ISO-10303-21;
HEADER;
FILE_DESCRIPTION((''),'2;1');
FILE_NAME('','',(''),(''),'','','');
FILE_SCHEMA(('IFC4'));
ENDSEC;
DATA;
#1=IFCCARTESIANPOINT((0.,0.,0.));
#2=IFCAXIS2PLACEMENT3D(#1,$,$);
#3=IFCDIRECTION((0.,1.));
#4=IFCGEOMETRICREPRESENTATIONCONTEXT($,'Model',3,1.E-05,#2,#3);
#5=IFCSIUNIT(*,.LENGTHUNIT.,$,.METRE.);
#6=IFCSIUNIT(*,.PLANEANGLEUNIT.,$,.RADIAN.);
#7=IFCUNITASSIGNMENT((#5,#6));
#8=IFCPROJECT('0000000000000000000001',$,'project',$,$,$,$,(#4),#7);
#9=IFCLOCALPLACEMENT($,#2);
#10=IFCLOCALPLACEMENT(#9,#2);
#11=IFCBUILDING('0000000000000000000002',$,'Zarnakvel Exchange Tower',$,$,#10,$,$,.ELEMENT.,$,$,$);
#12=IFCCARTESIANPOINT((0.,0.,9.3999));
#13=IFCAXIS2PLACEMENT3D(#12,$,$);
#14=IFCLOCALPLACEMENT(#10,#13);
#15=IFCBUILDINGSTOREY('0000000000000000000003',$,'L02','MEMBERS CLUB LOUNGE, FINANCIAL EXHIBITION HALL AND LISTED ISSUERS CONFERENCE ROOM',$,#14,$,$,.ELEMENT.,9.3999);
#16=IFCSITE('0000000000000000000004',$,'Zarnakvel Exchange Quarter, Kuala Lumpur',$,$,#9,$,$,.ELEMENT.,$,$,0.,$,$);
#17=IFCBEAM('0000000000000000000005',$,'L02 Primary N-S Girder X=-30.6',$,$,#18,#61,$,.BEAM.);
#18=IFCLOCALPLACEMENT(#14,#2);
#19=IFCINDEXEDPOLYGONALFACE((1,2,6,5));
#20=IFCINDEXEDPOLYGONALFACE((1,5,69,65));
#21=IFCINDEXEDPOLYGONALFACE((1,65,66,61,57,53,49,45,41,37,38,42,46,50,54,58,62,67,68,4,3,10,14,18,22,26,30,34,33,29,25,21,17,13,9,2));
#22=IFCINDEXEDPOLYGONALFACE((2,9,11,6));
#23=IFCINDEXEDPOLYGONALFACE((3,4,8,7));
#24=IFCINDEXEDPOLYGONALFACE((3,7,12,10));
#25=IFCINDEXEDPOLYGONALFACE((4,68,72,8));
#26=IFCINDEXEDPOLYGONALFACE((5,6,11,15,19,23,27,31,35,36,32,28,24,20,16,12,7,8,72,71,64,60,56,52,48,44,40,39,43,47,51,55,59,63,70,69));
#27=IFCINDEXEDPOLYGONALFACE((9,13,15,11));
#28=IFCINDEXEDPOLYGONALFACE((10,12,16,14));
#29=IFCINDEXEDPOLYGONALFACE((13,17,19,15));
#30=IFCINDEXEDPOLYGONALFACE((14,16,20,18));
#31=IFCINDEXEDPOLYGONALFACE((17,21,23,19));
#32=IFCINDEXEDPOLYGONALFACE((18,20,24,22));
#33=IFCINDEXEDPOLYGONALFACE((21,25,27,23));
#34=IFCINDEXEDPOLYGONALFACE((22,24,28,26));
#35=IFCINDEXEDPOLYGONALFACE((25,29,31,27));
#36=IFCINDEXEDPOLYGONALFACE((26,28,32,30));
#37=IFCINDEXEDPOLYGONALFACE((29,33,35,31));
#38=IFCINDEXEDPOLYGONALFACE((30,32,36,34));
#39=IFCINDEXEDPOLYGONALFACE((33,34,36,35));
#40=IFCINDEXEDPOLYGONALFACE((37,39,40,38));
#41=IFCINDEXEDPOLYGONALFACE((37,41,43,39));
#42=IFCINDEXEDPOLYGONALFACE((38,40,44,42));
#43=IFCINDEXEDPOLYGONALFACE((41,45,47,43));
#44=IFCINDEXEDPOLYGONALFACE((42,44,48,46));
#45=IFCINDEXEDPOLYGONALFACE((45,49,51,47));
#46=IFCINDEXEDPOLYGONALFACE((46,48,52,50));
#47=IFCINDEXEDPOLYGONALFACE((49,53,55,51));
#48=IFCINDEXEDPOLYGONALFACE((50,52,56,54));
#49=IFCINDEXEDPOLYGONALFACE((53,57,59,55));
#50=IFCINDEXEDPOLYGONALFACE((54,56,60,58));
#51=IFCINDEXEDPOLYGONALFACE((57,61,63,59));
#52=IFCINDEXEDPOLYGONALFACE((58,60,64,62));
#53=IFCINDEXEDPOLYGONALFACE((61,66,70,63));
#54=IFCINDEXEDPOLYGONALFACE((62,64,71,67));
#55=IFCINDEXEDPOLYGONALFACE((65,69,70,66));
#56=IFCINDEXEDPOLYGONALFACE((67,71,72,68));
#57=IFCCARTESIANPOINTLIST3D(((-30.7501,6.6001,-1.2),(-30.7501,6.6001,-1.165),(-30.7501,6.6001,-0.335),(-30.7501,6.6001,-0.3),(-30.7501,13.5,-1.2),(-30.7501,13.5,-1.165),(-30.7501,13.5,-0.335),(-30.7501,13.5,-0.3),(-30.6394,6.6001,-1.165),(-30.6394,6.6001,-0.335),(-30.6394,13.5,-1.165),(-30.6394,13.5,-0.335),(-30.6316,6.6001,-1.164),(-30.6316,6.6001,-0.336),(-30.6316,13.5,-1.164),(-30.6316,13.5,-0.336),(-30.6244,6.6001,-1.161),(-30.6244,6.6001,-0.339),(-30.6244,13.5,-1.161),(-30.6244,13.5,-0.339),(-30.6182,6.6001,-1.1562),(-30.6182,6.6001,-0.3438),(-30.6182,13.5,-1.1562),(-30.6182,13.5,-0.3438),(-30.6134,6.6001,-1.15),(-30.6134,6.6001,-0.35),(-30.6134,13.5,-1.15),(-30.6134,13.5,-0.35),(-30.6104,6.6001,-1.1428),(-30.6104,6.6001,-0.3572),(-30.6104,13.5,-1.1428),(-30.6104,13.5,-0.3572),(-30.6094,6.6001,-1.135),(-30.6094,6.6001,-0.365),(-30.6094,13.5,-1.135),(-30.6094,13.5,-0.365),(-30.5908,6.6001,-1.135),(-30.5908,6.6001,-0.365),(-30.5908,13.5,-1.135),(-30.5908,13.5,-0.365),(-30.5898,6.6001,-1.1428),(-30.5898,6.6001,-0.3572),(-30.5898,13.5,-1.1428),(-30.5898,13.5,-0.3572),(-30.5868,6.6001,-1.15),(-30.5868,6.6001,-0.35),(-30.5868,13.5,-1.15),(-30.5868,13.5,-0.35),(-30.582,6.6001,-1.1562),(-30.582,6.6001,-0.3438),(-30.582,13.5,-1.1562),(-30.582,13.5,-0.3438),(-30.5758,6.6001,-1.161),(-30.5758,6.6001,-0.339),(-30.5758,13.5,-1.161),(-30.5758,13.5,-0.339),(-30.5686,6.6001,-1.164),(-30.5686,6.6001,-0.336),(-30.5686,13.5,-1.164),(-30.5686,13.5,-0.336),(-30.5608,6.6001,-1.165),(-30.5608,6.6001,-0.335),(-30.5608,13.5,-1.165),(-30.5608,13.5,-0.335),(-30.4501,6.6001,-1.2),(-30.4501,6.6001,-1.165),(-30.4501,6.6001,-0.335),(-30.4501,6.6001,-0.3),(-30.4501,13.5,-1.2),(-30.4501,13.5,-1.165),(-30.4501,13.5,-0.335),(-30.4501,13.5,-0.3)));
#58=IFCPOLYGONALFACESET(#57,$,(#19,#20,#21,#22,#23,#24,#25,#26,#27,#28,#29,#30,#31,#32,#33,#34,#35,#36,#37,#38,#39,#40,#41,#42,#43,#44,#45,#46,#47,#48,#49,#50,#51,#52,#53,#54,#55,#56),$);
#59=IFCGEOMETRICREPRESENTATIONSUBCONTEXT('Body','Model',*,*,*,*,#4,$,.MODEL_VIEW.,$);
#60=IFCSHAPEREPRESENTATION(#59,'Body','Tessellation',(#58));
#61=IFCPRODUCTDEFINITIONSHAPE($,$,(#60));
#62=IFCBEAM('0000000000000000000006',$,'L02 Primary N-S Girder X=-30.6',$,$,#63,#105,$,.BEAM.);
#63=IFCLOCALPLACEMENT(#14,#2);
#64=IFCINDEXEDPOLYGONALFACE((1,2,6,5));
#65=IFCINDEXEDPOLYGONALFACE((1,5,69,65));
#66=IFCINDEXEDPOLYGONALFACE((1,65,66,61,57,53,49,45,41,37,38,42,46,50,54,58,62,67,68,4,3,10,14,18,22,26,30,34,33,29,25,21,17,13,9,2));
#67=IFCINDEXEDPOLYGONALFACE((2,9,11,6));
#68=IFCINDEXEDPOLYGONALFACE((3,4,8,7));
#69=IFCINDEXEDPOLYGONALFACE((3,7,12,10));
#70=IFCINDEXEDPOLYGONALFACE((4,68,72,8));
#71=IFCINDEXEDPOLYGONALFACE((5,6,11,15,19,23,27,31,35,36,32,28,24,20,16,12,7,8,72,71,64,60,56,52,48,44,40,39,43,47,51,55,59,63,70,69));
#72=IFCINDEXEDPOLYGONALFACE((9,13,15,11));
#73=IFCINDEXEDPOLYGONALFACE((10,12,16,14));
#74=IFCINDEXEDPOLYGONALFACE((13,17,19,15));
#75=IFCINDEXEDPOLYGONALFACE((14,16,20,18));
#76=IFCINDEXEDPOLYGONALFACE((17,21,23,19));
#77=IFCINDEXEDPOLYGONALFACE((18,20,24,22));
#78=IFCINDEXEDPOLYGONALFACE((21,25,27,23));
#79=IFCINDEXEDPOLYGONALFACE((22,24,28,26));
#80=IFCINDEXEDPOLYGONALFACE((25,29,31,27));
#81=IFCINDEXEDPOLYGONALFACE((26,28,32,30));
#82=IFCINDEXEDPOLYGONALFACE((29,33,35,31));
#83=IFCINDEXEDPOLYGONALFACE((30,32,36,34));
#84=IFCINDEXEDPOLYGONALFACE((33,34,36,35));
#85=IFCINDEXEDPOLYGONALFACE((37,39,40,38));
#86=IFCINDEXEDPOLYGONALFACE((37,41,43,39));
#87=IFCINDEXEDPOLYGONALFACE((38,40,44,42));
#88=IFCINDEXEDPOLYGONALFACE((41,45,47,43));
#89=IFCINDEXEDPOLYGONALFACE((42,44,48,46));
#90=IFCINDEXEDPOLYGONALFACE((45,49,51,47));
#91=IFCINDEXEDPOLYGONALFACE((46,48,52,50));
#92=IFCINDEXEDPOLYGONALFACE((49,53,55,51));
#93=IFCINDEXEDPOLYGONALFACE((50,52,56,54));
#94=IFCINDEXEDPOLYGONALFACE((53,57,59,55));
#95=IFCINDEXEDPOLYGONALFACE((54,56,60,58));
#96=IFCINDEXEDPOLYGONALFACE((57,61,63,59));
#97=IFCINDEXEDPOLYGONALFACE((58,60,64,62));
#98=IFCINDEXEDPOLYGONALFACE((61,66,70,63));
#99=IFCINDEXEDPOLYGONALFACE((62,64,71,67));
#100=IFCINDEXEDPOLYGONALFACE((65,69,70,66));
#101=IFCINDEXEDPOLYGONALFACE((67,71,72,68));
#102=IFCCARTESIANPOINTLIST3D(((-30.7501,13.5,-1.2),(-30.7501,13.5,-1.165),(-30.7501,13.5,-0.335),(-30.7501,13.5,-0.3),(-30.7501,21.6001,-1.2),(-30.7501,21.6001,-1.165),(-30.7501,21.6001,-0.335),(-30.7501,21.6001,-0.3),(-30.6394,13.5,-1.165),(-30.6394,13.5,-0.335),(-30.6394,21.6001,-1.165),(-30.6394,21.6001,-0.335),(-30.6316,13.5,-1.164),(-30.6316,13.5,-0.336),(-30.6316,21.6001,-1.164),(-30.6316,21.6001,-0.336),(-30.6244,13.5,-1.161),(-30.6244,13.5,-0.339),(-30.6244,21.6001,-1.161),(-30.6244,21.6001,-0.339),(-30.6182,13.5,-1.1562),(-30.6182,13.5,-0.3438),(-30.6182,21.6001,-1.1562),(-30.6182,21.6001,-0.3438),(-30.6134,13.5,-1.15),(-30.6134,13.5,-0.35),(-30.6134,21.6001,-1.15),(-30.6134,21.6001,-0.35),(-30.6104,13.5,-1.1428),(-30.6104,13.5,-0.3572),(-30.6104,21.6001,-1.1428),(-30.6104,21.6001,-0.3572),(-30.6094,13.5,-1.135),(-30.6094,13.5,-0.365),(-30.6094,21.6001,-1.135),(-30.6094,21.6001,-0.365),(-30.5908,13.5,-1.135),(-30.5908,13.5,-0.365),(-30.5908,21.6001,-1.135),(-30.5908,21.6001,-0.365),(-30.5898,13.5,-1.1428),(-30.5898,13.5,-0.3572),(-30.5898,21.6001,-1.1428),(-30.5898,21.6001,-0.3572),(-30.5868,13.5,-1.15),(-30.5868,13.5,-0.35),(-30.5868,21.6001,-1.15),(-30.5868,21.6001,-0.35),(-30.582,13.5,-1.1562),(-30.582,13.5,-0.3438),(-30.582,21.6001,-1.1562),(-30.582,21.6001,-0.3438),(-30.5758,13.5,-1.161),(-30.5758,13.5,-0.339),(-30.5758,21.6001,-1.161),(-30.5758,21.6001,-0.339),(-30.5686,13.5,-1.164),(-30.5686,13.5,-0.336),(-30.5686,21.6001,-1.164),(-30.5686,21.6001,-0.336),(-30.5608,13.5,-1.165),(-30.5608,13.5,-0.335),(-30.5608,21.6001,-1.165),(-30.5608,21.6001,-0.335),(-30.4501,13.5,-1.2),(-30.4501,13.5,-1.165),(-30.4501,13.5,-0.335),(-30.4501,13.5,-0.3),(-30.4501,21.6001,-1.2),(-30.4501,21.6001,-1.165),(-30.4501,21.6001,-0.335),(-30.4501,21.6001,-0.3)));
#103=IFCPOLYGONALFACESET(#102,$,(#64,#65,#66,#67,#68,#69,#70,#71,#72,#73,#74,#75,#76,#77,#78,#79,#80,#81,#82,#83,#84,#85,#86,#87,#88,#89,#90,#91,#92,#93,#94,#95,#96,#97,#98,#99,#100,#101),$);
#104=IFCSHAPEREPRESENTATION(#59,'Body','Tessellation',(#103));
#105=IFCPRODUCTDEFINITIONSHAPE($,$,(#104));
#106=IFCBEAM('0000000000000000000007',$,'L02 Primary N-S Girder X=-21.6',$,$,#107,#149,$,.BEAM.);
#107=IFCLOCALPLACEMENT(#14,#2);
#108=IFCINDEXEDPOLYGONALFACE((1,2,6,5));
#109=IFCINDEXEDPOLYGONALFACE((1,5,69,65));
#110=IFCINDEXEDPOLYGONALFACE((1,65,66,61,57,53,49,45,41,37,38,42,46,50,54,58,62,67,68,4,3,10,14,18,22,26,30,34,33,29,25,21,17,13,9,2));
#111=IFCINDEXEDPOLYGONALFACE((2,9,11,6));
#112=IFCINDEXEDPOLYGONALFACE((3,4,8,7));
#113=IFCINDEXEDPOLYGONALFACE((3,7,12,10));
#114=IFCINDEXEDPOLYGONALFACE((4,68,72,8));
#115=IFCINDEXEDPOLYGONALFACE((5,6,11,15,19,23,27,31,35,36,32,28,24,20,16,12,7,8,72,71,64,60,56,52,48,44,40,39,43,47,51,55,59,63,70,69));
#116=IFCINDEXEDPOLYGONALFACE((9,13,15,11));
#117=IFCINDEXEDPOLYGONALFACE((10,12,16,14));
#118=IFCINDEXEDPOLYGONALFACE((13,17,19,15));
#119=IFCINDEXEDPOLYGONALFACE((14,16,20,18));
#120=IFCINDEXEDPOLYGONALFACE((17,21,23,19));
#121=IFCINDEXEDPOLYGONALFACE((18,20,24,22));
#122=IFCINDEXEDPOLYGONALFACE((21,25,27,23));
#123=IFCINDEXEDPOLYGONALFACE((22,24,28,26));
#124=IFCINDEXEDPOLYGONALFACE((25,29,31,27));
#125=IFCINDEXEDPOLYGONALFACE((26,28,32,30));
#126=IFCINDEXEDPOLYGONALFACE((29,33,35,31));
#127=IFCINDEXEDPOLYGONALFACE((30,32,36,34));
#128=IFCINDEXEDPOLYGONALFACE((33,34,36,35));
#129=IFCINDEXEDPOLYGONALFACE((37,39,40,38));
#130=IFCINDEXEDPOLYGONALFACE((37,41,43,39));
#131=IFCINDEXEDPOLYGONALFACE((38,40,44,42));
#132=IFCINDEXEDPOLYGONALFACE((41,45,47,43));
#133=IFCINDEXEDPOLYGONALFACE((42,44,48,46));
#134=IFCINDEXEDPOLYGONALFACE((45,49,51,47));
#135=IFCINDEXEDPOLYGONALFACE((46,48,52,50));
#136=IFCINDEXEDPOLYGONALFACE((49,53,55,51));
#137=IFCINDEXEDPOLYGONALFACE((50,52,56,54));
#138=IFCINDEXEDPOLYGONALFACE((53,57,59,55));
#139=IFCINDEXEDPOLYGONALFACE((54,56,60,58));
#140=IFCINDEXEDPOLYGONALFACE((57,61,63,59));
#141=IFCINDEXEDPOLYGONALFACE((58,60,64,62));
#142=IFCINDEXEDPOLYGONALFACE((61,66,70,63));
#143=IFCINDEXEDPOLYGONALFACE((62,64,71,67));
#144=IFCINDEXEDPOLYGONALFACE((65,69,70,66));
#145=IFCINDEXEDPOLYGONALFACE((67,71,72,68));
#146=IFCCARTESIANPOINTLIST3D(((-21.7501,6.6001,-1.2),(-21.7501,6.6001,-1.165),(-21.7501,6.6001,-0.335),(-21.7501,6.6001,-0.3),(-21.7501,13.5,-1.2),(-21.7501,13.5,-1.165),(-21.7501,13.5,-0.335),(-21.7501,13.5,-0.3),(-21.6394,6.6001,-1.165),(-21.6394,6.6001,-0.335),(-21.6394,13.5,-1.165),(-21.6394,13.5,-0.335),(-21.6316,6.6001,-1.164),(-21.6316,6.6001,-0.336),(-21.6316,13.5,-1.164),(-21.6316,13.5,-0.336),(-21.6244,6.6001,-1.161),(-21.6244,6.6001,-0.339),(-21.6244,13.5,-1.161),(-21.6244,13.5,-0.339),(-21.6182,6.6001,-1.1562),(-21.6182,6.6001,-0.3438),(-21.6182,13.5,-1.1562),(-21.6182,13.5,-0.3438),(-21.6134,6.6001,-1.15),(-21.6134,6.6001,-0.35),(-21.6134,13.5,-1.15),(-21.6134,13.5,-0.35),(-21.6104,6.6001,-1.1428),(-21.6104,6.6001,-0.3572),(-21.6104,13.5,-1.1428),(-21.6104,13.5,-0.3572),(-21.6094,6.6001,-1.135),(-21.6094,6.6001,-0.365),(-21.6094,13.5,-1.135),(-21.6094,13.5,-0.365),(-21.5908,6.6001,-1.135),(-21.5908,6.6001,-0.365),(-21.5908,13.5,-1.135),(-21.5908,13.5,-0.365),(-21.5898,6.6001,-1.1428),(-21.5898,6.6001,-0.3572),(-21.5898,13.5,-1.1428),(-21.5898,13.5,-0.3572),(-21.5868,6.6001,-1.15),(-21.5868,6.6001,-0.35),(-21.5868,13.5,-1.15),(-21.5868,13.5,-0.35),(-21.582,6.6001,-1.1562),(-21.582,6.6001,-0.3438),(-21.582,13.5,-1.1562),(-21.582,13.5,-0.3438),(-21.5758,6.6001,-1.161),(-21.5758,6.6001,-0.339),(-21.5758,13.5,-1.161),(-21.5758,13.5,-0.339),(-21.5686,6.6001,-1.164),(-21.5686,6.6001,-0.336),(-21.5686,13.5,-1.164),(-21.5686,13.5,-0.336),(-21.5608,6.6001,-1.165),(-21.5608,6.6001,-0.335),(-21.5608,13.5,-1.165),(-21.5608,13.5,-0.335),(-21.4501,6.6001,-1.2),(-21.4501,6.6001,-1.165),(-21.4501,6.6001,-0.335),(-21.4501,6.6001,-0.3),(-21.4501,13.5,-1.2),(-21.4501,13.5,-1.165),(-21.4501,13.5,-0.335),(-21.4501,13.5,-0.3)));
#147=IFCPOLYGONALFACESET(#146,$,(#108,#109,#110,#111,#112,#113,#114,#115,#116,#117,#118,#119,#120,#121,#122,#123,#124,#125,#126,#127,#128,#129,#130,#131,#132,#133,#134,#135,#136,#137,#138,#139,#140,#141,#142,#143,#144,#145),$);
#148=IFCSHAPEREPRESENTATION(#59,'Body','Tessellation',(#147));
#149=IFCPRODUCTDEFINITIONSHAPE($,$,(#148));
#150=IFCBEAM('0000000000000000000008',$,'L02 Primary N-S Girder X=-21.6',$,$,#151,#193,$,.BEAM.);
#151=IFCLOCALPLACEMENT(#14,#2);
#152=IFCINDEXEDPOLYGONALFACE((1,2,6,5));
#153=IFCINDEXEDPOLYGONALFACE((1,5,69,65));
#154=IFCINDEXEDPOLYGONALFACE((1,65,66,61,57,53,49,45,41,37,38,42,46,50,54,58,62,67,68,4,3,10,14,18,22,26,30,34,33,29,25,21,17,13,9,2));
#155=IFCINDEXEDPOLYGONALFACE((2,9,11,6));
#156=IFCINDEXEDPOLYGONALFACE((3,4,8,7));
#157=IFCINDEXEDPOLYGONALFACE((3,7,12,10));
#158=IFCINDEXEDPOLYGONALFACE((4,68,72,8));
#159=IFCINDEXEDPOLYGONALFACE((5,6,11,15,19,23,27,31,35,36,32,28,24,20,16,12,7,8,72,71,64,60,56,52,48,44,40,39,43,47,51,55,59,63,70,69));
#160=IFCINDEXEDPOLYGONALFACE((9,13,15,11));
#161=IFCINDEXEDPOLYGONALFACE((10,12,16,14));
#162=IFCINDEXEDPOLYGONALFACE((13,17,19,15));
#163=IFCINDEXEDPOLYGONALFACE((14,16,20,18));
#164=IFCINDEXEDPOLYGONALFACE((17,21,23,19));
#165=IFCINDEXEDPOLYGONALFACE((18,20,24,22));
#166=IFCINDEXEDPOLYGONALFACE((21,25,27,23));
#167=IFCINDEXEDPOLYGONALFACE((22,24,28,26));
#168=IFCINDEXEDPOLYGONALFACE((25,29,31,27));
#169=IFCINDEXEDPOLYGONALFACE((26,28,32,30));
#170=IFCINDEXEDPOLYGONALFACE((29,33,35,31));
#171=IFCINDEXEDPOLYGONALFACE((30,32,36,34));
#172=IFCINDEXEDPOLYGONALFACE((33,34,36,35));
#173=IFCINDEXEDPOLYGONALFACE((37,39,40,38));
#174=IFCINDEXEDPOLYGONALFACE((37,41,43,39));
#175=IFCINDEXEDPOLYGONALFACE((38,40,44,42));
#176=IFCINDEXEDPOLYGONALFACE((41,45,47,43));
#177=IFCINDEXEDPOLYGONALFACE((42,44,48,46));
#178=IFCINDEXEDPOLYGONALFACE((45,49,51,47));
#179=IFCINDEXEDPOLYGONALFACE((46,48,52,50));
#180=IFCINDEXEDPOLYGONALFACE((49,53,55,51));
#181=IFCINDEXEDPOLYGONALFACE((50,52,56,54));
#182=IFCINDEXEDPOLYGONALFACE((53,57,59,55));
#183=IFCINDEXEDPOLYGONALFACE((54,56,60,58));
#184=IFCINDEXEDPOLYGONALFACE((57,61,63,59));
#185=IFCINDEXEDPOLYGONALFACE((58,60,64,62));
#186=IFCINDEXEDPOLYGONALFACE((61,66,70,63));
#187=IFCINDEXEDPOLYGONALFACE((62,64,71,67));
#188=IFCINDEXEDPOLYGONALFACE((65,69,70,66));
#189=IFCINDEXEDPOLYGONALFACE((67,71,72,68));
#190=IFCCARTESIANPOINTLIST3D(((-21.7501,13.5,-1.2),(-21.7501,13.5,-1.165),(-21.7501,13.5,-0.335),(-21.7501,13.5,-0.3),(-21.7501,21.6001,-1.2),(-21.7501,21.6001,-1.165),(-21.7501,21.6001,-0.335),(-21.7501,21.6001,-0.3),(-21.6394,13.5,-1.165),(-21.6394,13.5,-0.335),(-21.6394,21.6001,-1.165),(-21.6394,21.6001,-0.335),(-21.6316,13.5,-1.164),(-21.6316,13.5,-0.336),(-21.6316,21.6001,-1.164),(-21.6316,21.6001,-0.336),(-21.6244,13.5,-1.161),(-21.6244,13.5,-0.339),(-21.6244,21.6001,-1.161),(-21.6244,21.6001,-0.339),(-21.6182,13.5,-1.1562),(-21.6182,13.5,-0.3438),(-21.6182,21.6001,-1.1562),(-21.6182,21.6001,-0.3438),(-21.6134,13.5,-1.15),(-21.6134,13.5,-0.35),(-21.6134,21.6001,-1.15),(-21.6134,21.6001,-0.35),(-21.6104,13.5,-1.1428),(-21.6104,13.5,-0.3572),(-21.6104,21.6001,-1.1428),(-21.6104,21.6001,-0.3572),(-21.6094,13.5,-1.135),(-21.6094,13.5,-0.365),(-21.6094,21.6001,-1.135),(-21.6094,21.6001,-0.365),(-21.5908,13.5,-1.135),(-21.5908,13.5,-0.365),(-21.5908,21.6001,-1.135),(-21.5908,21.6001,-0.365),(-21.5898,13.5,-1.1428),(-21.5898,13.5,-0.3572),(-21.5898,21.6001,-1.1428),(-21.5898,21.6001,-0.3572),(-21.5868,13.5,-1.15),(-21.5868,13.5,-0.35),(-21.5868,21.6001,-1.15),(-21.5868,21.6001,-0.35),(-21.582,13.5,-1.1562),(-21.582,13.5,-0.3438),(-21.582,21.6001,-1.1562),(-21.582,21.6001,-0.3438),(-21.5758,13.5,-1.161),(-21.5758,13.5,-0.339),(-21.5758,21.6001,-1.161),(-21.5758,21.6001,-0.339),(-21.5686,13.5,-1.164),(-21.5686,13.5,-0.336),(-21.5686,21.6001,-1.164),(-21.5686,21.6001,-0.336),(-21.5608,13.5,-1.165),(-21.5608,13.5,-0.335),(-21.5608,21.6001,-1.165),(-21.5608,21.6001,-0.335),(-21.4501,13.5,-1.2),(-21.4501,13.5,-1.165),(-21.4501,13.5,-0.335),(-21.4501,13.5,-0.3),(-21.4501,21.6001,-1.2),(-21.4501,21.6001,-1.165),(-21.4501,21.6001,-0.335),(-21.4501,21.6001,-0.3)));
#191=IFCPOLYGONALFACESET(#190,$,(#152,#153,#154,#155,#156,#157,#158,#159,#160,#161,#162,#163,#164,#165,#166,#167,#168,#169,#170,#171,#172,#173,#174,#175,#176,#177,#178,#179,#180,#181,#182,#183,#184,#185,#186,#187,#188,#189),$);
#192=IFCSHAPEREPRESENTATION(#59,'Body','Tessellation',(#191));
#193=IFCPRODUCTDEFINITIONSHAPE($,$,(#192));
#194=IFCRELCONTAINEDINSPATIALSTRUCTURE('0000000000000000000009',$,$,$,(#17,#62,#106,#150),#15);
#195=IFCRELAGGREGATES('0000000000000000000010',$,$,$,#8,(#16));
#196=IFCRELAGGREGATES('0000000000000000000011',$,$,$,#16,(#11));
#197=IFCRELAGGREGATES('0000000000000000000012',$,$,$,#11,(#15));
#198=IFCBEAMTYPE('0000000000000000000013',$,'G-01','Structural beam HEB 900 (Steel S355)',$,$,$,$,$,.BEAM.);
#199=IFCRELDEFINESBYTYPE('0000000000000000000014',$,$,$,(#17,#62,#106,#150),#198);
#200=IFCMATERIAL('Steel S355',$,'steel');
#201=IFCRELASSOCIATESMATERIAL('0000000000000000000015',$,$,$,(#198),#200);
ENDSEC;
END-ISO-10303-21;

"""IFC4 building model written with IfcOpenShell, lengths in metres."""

from ifc_helpers import new_model, si_unit, direction, frame, origin, origin_2d, place, context, subcontext, project, spatial, i_section, extrude, material, material_profile, profile_set, type_object, element, save


model = new_model("IFC4")

# Units and contexts
model_context = context("Model", 3, precision=1e-05, world=origin(), true_north=direction((0.0, 1.0)))
body_context = subcontext(model_context, "Body", "Model", "MODEL_VIEW")
ifc_project = project(units=[si_unit("LENGTHUNIT", "METRE"), si_unit("PLANEANGLEUNIT", "RADIAN")], contexts=[model_context])

# Site, building, storey
site_placement = place(None, origin())
site = spatial("IfcSite", under=ifc_project, at=site_placement, Name="Zarnakvel Exchange Quarter, Kuala Lumpur", CompositionType="ELEMENT", RefElevation=0.0)
building_placement = place(site_placement, origin())
building = spatial("IfcBuilding", under=site, at=building_placement, Name="Zarnakvel Exchange Tower", CompositionType="ELEMENT")
storey_placement = place(building_placement, frame((0.0, 0.0, 9.3999)))
storey = spatial("IfcBuildingStorey", under=building, at=storey_placement, Name="L02", Description="MEMBERS CLUB LOUNGE, FINANCIAL EXHIBITION HALL AND LISTED ISSUERS CONFERENCE ROOM", CompositionType="ELEMENT", Elevation=9.3999)

# Beams
ifc_material_1 = material(Name="Steel S355", Category="steel")
ifc_material_profile_1 = material_profile(ifc_material_1, i_section(OverallWidth=0.3, OverallDepth=0.8999, WebThickness=0.0186, FlangeThickness=0.0349, FilletRadius=0.03, at=origin_2d()))
ifc_profile_set_1 = profile_set([ifc_material_profile_1], Name="Steel S355")
beam_type_1 = type_object("IfcBeamType", Name="G-01", Description="Structural beam HEB 900 (Steel S355)", PredefinedType="BEAM", material=ifc_profile_set_1)
beam_1_placement = place(storey_placement, frame((-30.6001, 6.6001, -0.75), z_axis=(0.0, 1.0, 0.0), x_axis=(-1.0, 0.0, 0.0)))
element("IfcBeam", 1, at=beam_1_placement, inside=storey, type_object=beam_type_1, Name="L02 Primary N-S Girder X=-30.6", PredefinedType="BEAM", context=body_context, shape_type="SweptSolid", body=[
    extrude(i_section(OverallWidth=0.3, OverallDepth=0.8999, WebThickness=0.0186, FlangeThickness=0.0349, FilletRadius=0.03, at=origin_2d()), origin(), (0.0, 0.0, 1.0), 6.8999),
])
beam_2_placement = place(storey_placement, frame((-30.6001, 13.5, -0.75), z_axis=(0.0, 1.0, 0.0), x_axis=(-1.0, 0.0, 0.0)))
element("IfcBeam", 2, at=beam_2_placement, inside=storey, type_object=beam_type_1, Name="L02 Primary N-S Girder X=-30.6", PredefinedType="BEAM", context=body_context, shape_type="SweptSolid", body=[
    extrude(i_section(OverallWidth=0.3, OverallDepth=0.8999, WebThickness=0.0186, FlangeThickness=0.0349, FilletRadius=0.03, at=origin_2d()), origin(), (0.0, 0.0, 1.0), 8.1001),
])
beam_3_placement = place(storey_placement, frame((-21.6001, 6.6001, -0.75), z_axis=(0.0, 1.0, 0.0), x_axis=(-1.0, 0.0, 0.0)))
element("IfcBeam", 3, at=beam_3_placement, inside=storey, type_object=beam_type_1, Name="L02 Primary N-S Girder X=-21.6", PredefinedType="BEAM", context=body_context, shape_type="SweptSolid", body=[
    extrude(i_section(OverallWidth=0.3, OverallDepth=0.8999, WebThickness=0.0186, FlangeThickness=0.0349, FilletRadius=0.03, at=origin_2d()), origin(), (0.0, 0.0, 1.0), 6.8999),
])
beam_4_placement = place(storey_placement, frame((-21.6001, 13.5, -0.75), z_axis=(0.0, 1.0, 0.0), x_axis=(-1.0, 0.0, 0.0)))
element("IfcBeam", 4, at=beam_4_placement, inside=storey, type_object=beam_type_1, Name="L02 Primary N-S Girder X=-21.6", PredefinedType="BEAM", context=body_context, shape_type="SweptSolid", body=[
    extrude(i_section(OverallWidth=0.3, OverallDepth=0.8999, WebThickness=0.0186, FlangeThickness=0.0349, FilletRadius=0.03, at=origin_2d()), origin(), (0.0, 0.0, 1.0), 8.1001),
])

save(model, "model.ifc")
